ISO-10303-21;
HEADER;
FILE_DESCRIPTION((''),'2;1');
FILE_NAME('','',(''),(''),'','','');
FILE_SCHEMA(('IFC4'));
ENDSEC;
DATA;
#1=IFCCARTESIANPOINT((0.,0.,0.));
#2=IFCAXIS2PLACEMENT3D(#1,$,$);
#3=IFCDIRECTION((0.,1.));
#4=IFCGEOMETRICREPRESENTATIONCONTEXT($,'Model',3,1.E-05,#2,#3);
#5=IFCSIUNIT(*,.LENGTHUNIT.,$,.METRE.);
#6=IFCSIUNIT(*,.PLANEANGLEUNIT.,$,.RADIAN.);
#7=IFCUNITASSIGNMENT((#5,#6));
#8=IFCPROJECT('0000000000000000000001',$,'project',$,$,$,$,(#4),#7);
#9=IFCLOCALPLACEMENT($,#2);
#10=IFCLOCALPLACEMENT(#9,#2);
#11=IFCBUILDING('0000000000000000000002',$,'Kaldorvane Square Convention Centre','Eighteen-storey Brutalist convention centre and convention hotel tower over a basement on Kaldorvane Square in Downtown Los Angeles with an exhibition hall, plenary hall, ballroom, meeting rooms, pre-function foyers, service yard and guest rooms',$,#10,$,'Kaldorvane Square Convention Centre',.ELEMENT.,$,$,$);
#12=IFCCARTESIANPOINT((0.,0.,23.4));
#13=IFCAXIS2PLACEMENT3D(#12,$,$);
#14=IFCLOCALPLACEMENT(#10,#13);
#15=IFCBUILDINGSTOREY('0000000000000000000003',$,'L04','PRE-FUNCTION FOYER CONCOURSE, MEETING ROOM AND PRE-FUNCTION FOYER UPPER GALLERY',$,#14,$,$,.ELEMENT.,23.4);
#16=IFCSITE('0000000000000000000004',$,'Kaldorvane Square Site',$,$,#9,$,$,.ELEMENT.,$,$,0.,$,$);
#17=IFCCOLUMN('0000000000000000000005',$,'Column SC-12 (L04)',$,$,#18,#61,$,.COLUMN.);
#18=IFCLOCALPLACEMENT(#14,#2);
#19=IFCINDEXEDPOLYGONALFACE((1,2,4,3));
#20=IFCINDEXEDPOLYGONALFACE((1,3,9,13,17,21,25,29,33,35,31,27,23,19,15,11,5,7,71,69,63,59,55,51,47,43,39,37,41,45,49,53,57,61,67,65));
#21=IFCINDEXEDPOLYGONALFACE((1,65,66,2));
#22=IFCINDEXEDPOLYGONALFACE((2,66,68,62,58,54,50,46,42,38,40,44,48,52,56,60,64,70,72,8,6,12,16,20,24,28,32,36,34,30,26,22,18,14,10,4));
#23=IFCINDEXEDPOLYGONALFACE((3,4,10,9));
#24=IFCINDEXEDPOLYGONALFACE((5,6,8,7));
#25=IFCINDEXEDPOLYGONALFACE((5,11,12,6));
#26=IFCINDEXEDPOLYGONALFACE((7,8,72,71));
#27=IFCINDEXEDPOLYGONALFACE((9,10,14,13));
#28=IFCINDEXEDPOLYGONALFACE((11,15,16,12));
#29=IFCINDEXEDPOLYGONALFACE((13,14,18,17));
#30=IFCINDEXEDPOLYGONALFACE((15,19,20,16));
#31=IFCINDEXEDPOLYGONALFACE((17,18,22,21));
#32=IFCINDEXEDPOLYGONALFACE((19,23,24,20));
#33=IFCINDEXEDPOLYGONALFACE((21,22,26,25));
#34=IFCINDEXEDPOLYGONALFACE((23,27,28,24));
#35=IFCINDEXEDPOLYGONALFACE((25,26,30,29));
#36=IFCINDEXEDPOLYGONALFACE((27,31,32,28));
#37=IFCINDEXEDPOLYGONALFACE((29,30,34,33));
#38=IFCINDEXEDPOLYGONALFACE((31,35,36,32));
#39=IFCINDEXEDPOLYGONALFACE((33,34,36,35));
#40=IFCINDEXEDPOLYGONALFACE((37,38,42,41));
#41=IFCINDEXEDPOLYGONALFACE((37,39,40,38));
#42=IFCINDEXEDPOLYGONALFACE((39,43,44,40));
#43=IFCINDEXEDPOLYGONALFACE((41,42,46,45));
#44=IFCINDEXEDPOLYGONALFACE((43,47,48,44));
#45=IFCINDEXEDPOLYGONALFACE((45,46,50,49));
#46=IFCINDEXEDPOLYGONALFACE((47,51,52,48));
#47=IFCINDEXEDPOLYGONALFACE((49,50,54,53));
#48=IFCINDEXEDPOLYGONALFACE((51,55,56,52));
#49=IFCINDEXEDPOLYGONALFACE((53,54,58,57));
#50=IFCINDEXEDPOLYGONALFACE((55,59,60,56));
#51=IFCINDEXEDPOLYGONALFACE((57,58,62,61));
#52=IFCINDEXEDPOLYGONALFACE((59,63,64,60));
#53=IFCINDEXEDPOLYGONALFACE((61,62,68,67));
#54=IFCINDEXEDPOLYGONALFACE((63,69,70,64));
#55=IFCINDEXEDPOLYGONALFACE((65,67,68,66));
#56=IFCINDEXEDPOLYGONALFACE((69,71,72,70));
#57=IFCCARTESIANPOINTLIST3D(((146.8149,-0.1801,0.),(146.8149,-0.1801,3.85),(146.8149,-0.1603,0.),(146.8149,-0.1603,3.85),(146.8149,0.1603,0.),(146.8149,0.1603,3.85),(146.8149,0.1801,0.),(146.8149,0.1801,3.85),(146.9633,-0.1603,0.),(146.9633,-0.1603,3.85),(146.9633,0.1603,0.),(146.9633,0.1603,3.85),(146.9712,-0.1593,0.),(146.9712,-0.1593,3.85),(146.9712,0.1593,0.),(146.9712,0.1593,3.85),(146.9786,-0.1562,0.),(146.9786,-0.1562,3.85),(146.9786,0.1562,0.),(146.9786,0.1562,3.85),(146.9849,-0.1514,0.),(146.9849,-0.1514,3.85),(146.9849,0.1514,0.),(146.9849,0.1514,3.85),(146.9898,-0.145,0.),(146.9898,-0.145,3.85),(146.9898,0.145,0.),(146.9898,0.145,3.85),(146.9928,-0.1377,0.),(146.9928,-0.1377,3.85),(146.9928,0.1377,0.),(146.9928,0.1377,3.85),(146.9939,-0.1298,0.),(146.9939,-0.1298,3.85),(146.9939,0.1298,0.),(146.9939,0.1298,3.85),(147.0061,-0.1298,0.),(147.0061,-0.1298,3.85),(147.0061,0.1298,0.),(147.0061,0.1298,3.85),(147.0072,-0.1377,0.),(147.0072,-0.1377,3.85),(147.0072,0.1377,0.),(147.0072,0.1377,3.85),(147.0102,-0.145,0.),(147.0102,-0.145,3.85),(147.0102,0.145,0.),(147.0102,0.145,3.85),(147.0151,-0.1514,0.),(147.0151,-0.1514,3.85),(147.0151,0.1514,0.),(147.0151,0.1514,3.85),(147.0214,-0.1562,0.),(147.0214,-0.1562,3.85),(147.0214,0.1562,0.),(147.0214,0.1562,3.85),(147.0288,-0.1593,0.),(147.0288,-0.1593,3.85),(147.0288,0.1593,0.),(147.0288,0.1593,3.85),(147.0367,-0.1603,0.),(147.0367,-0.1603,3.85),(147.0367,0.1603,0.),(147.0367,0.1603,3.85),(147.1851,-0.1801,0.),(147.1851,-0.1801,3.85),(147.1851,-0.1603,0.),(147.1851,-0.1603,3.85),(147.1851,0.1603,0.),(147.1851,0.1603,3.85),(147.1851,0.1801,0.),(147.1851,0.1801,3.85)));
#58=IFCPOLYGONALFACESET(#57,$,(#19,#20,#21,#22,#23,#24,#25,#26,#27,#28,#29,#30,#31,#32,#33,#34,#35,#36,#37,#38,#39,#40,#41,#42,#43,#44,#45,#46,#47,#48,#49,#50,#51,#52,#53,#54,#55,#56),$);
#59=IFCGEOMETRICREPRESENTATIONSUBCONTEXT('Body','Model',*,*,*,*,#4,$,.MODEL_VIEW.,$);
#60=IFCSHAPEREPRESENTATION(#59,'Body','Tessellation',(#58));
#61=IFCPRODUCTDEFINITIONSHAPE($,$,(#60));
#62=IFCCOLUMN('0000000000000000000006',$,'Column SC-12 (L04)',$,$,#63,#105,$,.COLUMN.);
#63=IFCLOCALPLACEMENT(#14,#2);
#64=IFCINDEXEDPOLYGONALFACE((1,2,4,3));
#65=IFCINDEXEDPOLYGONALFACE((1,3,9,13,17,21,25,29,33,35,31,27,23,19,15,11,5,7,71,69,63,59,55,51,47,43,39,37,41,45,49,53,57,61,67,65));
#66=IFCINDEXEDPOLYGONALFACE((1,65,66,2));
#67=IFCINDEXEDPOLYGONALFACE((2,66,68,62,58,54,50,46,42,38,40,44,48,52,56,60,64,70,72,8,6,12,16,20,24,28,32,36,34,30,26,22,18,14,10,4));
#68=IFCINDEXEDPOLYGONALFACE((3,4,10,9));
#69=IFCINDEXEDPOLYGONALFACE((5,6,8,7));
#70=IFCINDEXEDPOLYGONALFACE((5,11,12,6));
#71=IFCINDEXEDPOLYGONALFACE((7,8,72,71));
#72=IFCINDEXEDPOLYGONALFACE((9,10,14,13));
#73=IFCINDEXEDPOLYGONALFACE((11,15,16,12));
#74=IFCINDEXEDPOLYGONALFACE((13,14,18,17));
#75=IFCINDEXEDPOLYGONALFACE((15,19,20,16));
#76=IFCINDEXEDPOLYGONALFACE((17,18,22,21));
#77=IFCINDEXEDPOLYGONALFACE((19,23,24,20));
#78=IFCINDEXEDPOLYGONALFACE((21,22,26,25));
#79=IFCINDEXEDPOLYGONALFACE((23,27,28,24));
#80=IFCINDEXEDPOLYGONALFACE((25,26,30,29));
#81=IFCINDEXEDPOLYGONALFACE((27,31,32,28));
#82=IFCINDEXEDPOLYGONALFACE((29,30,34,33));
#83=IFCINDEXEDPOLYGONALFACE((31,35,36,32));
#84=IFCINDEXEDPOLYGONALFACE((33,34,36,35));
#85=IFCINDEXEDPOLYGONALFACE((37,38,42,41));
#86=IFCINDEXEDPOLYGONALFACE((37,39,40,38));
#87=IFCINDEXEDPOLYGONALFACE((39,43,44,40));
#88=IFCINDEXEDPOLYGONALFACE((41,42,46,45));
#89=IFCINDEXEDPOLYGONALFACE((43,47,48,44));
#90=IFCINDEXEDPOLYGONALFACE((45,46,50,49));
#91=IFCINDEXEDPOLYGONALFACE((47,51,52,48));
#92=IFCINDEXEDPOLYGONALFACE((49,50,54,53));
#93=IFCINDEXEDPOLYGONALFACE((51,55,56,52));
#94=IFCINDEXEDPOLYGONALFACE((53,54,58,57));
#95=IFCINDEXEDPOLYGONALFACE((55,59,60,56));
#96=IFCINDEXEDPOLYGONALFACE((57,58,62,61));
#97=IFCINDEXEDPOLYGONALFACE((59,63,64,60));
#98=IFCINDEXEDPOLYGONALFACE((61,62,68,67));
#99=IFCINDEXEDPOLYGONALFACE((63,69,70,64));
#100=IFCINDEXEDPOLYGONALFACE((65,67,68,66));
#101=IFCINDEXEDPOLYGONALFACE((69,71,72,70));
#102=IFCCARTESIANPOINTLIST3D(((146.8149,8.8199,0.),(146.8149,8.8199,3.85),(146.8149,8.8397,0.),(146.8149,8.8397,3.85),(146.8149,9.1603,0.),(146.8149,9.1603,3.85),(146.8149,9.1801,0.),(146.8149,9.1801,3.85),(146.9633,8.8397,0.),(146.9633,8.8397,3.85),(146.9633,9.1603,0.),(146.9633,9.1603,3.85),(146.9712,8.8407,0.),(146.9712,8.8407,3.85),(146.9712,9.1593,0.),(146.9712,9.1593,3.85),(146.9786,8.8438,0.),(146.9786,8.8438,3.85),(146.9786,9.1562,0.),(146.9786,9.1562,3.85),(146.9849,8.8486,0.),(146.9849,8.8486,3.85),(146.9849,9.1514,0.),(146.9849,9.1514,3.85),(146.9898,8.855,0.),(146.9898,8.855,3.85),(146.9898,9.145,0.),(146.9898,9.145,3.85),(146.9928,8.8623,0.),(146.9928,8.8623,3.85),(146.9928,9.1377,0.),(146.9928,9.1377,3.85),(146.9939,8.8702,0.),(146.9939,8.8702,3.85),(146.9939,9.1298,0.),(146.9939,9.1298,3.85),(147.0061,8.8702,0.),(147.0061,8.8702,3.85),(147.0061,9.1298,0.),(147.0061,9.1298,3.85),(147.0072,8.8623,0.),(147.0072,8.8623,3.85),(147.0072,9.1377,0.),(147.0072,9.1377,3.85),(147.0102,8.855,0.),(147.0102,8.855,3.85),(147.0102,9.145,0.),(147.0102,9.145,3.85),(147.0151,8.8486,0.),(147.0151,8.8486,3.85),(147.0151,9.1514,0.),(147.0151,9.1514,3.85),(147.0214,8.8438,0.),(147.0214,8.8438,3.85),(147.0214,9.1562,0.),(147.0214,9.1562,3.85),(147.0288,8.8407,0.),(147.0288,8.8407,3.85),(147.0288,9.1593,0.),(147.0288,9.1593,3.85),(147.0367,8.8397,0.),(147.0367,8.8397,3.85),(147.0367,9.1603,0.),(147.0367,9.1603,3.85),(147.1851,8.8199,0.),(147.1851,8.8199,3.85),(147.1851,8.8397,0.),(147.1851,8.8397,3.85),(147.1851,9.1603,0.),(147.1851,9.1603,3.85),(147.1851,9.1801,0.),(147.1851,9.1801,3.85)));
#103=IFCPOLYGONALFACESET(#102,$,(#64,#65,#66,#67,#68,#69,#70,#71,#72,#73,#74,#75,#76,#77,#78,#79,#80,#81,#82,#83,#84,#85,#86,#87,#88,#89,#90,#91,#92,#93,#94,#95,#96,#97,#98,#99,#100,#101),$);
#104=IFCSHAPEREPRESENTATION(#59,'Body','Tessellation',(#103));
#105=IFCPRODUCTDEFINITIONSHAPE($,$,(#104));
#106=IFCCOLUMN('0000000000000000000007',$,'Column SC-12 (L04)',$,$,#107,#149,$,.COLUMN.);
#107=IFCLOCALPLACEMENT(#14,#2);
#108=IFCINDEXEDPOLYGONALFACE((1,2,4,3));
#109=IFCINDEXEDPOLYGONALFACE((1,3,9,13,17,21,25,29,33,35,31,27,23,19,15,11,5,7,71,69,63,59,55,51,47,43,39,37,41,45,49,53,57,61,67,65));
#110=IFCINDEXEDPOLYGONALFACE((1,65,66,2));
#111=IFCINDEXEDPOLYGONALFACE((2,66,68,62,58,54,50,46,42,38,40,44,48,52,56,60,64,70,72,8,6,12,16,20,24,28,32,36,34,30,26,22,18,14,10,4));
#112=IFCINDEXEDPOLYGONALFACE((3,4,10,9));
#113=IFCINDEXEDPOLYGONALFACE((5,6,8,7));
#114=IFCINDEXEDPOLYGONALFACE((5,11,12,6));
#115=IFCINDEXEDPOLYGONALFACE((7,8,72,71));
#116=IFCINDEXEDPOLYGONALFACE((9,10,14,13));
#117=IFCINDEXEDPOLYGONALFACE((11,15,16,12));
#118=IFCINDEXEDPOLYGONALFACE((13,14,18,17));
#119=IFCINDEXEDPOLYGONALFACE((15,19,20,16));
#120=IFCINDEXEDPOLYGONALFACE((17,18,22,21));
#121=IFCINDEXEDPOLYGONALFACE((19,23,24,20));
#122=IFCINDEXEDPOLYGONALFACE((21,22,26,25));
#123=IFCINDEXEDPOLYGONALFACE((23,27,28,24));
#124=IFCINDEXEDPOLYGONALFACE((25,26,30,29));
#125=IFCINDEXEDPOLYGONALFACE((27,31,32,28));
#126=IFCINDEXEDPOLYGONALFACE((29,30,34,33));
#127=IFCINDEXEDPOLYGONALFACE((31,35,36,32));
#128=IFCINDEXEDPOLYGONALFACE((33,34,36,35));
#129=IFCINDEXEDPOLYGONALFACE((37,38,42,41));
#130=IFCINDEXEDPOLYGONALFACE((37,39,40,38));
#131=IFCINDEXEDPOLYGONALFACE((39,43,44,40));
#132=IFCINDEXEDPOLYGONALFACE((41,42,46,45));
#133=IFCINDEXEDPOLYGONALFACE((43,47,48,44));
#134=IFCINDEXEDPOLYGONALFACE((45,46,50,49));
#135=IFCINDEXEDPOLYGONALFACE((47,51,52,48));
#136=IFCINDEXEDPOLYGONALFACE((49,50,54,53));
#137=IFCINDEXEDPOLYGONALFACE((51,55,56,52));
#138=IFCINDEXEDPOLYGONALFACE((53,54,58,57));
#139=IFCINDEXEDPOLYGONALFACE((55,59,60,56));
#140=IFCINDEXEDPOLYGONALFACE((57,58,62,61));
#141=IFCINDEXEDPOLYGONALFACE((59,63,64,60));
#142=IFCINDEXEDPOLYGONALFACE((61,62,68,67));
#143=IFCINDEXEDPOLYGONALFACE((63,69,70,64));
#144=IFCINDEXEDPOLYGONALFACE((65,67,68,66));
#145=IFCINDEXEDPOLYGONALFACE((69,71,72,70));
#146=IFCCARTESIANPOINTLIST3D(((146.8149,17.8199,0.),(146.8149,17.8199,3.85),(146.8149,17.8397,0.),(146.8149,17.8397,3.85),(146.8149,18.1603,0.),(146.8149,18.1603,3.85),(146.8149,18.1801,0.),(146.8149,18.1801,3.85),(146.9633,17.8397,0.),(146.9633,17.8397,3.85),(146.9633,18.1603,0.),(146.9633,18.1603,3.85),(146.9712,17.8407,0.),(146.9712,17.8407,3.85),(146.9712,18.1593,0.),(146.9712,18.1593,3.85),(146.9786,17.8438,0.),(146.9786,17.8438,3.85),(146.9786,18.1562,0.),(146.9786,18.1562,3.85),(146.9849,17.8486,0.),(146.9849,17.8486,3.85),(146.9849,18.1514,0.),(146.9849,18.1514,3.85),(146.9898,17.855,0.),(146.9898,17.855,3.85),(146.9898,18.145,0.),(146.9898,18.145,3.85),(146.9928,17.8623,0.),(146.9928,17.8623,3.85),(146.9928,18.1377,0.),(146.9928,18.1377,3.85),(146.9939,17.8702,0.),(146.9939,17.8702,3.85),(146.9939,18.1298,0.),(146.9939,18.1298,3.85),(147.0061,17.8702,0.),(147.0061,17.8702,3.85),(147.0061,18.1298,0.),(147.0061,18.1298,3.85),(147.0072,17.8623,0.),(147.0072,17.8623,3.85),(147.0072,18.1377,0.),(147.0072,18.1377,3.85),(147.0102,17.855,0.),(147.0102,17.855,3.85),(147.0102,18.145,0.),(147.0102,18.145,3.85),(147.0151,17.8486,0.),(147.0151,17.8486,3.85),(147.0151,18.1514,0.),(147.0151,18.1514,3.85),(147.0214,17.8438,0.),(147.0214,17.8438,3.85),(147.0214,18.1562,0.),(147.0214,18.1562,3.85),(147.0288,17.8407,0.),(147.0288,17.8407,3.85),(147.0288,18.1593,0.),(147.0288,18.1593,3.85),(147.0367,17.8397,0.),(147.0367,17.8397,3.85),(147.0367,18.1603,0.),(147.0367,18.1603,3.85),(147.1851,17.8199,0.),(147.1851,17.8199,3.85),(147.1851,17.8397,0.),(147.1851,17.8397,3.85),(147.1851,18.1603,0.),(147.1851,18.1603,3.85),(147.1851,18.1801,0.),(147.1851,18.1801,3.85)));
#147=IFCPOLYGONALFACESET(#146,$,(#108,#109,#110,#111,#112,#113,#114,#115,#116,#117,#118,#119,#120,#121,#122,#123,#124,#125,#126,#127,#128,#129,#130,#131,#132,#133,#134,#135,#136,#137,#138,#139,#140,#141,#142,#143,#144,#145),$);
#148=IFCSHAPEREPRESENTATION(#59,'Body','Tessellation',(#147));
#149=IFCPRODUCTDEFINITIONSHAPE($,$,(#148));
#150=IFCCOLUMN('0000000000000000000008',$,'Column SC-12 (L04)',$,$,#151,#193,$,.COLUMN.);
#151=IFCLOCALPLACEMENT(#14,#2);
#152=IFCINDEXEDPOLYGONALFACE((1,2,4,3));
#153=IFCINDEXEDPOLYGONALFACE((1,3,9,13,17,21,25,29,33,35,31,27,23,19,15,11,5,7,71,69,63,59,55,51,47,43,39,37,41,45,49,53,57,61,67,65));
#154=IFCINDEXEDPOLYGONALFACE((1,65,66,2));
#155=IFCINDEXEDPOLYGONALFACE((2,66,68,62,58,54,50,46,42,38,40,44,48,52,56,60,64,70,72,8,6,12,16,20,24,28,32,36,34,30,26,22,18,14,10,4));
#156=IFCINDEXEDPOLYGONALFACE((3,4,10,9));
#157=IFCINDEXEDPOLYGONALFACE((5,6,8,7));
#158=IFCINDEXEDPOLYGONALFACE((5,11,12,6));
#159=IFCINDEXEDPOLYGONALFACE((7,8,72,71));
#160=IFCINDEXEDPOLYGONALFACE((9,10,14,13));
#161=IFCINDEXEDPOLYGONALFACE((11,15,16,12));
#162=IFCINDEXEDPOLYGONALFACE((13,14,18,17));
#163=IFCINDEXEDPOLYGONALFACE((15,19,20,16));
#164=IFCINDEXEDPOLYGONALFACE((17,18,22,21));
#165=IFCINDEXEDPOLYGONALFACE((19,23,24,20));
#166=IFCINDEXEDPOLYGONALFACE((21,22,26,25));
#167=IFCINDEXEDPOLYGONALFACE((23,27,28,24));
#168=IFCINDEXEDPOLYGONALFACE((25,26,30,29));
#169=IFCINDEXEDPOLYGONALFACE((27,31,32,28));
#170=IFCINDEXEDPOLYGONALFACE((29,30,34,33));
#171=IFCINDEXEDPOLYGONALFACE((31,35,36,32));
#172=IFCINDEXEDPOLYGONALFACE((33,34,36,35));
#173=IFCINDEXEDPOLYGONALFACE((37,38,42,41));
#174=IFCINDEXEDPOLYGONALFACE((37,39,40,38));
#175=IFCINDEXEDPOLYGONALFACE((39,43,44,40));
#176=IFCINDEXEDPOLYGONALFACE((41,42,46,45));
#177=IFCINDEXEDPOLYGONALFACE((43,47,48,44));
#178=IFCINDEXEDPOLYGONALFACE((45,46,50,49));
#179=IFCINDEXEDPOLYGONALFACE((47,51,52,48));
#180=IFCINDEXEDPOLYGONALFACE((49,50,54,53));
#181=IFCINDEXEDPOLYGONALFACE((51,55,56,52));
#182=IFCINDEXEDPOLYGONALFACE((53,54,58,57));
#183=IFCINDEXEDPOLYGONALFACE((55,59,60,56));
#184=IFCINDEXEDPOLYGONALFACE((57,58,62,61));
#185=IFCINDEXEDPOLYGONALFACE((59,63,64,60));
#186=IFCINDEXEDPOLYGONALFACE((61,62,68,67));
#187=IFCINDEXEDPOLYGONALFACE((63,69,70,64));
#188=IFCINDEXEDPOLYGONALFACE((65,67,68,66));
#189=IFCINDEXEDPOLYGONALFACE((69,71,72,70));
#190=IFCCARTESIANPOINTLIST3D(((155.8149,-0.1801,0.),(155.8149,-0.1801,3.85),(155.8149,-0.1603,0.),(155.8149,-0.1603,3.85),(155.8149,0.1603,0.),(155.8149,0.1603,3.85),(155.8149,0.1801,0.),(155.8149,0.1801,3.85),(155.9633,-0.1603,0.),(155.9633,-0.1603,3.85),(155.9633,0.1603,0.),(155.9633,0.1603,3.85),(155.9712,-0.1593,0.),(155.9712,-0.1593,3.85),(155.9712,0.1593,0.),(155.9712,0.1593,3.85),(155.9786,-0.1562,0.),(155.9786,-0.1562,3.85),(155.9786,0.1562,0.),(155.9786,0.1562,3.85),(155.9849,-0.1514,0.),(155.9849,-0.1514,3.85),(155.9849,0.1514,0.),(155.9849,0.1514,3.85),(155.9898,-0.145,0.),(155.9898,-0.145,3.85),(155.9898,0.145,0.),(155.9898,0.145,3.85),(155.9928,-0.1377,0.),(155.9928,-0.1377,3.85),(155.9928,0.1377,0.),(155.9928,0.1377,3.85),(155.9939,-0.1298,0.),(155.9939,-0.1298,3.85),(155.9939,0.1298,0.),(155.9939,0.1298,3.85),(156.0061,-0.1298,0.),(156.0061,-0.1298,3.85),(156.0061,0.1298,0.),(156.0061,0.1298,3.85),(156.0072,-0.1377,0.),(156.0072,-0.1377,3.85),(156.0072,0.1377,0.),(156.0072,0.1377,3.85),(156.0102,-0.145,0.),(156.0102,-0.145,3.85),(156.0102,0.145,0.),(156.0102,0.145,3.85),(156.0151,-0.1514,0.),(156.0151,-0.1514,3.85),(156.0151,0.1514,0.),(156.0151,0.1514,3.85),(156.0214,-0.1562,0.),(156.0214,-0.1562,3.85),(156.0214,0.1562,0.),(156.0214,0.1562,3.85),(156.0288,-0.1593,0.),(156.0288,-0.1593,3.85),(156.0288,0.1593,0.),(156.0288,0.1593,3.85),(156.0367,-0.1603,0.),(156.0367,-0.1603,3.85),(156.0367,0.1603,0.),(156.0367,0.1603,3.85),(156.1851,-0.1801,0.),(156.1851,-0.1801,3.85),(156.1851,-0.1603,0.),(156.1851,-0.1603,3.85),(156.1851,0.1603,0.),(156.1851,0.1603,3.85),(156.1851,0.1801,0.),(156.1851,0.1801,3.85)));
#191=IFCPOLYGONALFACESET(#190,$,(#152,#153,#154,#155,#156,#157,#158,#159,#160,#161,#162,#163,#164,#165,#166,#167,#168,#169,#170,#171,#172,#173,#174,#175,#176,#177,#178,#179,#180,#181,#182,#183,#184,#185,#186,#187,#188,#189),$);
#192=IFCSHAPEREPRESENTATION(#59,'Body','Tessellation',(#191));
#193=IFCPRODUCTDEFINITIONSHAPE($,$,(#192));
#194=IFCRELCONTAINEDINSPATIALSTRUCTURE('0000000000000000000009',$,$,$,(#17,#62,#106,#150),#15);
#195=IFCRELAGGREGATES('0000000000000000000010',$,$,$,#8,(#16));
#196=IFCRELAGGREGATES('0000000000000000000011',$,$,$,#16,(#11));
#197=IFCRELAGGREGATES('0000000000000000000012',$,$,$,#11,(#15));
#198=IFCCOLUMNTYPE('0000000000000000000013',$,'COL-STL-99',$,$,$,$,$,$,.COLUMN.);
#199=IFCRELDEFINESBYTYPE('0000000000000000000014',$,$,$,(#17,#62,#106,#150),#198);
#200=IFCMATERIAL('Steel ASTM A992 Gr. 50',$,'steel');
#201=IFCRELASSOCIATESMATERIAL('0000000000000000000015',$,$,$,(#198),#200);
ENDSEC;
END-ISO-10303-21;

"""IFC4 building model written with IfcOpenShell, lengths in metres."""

from ifc_helpers import new_model, si_unit, direction, frame, origin, origin_2d, place, context, subcontext, project, spatial, i_section, extrude, material, material_profile, profile_set, type_object, element, save


model = new_model("IFC4")

# Units and contexts
model_context = context("Model", 3, precision=1e-05, world=origin(), true_north=direction((0.0, 1.0)))
body_context = subcontext(model_context, "Body", "Model", "MODEL_VIEW")
ifc_project = project(units=[si_unit("LENGTHUNIT", "METRE"), si_unit("PLANEANGLEUNIT", "RADIAN")], contexts=[model_context])

# Site, building, storey
site_placement = place(None, origin())
site = spatial("IfcSite", under=ifc_project, at=site_placement, Name="Kaldorvane Square Site", CompositionType="ELEMENT", RefElevation=0.0)
building_placement = place(site_placement, origin())
building = spatial("IfcBuilding", under=site, at=building_placement, Name="Kaldorvane Square Convention Centre", Description="Eighteen-storey Brutalist convention centre and convention hotel tower over a basement on Kaldorvane Square in Downtown Los Angeles with an exhibition hall, plenary hall, ballroom, meeting rooms, pre-function foyers, service yard and guest rooms", LongName="Kaldorvane Square Convention Centre", CompositionType="ELEMENT")
storey_placement = place(building_placement, frame((0.0, 0.0, 23.4)))
storey = spatial("IfcBuildingStorey", under=building, at=storey_placement, Name="L04", Description="PRE-FUNCTION FOYER CONCOURSE, MEETING ROOM AND PRE-FUNCTION FOYER UPPER GALLERY", CompositionType="ELEMENT", Elevation=23.4)

# Columns
ifc_material_1 = material(Name="Steel ASTM A992 Gr. 50", Category="steel")
ifc_material_profile_1 = material_profile(ifc_material_1, i_section(OverallWidth=0.3701, OverallDepth=0.3602, WebThickness=0.0123, FlangeThickness=0.0198, FilletRadius=0.0305, at=origin_2d()), Name="W14X99")
ifc_profile_set_1 = profile_set([ifc_material_profile_1], Name="Steel ASTM A992 Gr. 50")
column_type = type_object("IfcColumnType", Name="COL-STL-99", PredefinedType="COLUMN", material=ifc_profile_set_1)
for number, where, z_axis, x_axis, name in (
    (1, (147.0, 0.0, 0.0), (0.0, 0.0, 1.0), (1.0, 0.0, 0.0), "Column SC-12 (L04)"),
    (2, (147.0, 9.0, 0.0), (0.0, 0.0, 1.0), (1.0, 0.0, 0.0), "Column SC-12 (L04)"),
    (3, (147.0, 18.0, 0.0), (0.0, 0.0, 1.0), (1.0, 0.0, 0.0), "Column SC-12 (L04)"),
    (4, (156.0, 0.0, 0.0), (0.0, 0.0, 1.0), (1.0, 0.0, 0.0), "Column SC-12 (L04)"),
):
    element("IfcColumn", number, at=place(storey_placement, frame(where, z_axis=z_axis, x_axis=x_axis)), inside=storey, type_object=column_type, Name=name, PredefinedType="COLUMN", context=body_context, shape_type="SweptSolid", body=[
        extrude(i_section(OverallWidth=0.3701, OverallDepth=0.3602, WebThickness=0.0123, FlangeThickness=0.0198, FilletRadius=0.0305, at=origin_2d()), origin(), (0.0, 0.0, 1.0), 3.85),
    ])

save(model, "model.ifc")
